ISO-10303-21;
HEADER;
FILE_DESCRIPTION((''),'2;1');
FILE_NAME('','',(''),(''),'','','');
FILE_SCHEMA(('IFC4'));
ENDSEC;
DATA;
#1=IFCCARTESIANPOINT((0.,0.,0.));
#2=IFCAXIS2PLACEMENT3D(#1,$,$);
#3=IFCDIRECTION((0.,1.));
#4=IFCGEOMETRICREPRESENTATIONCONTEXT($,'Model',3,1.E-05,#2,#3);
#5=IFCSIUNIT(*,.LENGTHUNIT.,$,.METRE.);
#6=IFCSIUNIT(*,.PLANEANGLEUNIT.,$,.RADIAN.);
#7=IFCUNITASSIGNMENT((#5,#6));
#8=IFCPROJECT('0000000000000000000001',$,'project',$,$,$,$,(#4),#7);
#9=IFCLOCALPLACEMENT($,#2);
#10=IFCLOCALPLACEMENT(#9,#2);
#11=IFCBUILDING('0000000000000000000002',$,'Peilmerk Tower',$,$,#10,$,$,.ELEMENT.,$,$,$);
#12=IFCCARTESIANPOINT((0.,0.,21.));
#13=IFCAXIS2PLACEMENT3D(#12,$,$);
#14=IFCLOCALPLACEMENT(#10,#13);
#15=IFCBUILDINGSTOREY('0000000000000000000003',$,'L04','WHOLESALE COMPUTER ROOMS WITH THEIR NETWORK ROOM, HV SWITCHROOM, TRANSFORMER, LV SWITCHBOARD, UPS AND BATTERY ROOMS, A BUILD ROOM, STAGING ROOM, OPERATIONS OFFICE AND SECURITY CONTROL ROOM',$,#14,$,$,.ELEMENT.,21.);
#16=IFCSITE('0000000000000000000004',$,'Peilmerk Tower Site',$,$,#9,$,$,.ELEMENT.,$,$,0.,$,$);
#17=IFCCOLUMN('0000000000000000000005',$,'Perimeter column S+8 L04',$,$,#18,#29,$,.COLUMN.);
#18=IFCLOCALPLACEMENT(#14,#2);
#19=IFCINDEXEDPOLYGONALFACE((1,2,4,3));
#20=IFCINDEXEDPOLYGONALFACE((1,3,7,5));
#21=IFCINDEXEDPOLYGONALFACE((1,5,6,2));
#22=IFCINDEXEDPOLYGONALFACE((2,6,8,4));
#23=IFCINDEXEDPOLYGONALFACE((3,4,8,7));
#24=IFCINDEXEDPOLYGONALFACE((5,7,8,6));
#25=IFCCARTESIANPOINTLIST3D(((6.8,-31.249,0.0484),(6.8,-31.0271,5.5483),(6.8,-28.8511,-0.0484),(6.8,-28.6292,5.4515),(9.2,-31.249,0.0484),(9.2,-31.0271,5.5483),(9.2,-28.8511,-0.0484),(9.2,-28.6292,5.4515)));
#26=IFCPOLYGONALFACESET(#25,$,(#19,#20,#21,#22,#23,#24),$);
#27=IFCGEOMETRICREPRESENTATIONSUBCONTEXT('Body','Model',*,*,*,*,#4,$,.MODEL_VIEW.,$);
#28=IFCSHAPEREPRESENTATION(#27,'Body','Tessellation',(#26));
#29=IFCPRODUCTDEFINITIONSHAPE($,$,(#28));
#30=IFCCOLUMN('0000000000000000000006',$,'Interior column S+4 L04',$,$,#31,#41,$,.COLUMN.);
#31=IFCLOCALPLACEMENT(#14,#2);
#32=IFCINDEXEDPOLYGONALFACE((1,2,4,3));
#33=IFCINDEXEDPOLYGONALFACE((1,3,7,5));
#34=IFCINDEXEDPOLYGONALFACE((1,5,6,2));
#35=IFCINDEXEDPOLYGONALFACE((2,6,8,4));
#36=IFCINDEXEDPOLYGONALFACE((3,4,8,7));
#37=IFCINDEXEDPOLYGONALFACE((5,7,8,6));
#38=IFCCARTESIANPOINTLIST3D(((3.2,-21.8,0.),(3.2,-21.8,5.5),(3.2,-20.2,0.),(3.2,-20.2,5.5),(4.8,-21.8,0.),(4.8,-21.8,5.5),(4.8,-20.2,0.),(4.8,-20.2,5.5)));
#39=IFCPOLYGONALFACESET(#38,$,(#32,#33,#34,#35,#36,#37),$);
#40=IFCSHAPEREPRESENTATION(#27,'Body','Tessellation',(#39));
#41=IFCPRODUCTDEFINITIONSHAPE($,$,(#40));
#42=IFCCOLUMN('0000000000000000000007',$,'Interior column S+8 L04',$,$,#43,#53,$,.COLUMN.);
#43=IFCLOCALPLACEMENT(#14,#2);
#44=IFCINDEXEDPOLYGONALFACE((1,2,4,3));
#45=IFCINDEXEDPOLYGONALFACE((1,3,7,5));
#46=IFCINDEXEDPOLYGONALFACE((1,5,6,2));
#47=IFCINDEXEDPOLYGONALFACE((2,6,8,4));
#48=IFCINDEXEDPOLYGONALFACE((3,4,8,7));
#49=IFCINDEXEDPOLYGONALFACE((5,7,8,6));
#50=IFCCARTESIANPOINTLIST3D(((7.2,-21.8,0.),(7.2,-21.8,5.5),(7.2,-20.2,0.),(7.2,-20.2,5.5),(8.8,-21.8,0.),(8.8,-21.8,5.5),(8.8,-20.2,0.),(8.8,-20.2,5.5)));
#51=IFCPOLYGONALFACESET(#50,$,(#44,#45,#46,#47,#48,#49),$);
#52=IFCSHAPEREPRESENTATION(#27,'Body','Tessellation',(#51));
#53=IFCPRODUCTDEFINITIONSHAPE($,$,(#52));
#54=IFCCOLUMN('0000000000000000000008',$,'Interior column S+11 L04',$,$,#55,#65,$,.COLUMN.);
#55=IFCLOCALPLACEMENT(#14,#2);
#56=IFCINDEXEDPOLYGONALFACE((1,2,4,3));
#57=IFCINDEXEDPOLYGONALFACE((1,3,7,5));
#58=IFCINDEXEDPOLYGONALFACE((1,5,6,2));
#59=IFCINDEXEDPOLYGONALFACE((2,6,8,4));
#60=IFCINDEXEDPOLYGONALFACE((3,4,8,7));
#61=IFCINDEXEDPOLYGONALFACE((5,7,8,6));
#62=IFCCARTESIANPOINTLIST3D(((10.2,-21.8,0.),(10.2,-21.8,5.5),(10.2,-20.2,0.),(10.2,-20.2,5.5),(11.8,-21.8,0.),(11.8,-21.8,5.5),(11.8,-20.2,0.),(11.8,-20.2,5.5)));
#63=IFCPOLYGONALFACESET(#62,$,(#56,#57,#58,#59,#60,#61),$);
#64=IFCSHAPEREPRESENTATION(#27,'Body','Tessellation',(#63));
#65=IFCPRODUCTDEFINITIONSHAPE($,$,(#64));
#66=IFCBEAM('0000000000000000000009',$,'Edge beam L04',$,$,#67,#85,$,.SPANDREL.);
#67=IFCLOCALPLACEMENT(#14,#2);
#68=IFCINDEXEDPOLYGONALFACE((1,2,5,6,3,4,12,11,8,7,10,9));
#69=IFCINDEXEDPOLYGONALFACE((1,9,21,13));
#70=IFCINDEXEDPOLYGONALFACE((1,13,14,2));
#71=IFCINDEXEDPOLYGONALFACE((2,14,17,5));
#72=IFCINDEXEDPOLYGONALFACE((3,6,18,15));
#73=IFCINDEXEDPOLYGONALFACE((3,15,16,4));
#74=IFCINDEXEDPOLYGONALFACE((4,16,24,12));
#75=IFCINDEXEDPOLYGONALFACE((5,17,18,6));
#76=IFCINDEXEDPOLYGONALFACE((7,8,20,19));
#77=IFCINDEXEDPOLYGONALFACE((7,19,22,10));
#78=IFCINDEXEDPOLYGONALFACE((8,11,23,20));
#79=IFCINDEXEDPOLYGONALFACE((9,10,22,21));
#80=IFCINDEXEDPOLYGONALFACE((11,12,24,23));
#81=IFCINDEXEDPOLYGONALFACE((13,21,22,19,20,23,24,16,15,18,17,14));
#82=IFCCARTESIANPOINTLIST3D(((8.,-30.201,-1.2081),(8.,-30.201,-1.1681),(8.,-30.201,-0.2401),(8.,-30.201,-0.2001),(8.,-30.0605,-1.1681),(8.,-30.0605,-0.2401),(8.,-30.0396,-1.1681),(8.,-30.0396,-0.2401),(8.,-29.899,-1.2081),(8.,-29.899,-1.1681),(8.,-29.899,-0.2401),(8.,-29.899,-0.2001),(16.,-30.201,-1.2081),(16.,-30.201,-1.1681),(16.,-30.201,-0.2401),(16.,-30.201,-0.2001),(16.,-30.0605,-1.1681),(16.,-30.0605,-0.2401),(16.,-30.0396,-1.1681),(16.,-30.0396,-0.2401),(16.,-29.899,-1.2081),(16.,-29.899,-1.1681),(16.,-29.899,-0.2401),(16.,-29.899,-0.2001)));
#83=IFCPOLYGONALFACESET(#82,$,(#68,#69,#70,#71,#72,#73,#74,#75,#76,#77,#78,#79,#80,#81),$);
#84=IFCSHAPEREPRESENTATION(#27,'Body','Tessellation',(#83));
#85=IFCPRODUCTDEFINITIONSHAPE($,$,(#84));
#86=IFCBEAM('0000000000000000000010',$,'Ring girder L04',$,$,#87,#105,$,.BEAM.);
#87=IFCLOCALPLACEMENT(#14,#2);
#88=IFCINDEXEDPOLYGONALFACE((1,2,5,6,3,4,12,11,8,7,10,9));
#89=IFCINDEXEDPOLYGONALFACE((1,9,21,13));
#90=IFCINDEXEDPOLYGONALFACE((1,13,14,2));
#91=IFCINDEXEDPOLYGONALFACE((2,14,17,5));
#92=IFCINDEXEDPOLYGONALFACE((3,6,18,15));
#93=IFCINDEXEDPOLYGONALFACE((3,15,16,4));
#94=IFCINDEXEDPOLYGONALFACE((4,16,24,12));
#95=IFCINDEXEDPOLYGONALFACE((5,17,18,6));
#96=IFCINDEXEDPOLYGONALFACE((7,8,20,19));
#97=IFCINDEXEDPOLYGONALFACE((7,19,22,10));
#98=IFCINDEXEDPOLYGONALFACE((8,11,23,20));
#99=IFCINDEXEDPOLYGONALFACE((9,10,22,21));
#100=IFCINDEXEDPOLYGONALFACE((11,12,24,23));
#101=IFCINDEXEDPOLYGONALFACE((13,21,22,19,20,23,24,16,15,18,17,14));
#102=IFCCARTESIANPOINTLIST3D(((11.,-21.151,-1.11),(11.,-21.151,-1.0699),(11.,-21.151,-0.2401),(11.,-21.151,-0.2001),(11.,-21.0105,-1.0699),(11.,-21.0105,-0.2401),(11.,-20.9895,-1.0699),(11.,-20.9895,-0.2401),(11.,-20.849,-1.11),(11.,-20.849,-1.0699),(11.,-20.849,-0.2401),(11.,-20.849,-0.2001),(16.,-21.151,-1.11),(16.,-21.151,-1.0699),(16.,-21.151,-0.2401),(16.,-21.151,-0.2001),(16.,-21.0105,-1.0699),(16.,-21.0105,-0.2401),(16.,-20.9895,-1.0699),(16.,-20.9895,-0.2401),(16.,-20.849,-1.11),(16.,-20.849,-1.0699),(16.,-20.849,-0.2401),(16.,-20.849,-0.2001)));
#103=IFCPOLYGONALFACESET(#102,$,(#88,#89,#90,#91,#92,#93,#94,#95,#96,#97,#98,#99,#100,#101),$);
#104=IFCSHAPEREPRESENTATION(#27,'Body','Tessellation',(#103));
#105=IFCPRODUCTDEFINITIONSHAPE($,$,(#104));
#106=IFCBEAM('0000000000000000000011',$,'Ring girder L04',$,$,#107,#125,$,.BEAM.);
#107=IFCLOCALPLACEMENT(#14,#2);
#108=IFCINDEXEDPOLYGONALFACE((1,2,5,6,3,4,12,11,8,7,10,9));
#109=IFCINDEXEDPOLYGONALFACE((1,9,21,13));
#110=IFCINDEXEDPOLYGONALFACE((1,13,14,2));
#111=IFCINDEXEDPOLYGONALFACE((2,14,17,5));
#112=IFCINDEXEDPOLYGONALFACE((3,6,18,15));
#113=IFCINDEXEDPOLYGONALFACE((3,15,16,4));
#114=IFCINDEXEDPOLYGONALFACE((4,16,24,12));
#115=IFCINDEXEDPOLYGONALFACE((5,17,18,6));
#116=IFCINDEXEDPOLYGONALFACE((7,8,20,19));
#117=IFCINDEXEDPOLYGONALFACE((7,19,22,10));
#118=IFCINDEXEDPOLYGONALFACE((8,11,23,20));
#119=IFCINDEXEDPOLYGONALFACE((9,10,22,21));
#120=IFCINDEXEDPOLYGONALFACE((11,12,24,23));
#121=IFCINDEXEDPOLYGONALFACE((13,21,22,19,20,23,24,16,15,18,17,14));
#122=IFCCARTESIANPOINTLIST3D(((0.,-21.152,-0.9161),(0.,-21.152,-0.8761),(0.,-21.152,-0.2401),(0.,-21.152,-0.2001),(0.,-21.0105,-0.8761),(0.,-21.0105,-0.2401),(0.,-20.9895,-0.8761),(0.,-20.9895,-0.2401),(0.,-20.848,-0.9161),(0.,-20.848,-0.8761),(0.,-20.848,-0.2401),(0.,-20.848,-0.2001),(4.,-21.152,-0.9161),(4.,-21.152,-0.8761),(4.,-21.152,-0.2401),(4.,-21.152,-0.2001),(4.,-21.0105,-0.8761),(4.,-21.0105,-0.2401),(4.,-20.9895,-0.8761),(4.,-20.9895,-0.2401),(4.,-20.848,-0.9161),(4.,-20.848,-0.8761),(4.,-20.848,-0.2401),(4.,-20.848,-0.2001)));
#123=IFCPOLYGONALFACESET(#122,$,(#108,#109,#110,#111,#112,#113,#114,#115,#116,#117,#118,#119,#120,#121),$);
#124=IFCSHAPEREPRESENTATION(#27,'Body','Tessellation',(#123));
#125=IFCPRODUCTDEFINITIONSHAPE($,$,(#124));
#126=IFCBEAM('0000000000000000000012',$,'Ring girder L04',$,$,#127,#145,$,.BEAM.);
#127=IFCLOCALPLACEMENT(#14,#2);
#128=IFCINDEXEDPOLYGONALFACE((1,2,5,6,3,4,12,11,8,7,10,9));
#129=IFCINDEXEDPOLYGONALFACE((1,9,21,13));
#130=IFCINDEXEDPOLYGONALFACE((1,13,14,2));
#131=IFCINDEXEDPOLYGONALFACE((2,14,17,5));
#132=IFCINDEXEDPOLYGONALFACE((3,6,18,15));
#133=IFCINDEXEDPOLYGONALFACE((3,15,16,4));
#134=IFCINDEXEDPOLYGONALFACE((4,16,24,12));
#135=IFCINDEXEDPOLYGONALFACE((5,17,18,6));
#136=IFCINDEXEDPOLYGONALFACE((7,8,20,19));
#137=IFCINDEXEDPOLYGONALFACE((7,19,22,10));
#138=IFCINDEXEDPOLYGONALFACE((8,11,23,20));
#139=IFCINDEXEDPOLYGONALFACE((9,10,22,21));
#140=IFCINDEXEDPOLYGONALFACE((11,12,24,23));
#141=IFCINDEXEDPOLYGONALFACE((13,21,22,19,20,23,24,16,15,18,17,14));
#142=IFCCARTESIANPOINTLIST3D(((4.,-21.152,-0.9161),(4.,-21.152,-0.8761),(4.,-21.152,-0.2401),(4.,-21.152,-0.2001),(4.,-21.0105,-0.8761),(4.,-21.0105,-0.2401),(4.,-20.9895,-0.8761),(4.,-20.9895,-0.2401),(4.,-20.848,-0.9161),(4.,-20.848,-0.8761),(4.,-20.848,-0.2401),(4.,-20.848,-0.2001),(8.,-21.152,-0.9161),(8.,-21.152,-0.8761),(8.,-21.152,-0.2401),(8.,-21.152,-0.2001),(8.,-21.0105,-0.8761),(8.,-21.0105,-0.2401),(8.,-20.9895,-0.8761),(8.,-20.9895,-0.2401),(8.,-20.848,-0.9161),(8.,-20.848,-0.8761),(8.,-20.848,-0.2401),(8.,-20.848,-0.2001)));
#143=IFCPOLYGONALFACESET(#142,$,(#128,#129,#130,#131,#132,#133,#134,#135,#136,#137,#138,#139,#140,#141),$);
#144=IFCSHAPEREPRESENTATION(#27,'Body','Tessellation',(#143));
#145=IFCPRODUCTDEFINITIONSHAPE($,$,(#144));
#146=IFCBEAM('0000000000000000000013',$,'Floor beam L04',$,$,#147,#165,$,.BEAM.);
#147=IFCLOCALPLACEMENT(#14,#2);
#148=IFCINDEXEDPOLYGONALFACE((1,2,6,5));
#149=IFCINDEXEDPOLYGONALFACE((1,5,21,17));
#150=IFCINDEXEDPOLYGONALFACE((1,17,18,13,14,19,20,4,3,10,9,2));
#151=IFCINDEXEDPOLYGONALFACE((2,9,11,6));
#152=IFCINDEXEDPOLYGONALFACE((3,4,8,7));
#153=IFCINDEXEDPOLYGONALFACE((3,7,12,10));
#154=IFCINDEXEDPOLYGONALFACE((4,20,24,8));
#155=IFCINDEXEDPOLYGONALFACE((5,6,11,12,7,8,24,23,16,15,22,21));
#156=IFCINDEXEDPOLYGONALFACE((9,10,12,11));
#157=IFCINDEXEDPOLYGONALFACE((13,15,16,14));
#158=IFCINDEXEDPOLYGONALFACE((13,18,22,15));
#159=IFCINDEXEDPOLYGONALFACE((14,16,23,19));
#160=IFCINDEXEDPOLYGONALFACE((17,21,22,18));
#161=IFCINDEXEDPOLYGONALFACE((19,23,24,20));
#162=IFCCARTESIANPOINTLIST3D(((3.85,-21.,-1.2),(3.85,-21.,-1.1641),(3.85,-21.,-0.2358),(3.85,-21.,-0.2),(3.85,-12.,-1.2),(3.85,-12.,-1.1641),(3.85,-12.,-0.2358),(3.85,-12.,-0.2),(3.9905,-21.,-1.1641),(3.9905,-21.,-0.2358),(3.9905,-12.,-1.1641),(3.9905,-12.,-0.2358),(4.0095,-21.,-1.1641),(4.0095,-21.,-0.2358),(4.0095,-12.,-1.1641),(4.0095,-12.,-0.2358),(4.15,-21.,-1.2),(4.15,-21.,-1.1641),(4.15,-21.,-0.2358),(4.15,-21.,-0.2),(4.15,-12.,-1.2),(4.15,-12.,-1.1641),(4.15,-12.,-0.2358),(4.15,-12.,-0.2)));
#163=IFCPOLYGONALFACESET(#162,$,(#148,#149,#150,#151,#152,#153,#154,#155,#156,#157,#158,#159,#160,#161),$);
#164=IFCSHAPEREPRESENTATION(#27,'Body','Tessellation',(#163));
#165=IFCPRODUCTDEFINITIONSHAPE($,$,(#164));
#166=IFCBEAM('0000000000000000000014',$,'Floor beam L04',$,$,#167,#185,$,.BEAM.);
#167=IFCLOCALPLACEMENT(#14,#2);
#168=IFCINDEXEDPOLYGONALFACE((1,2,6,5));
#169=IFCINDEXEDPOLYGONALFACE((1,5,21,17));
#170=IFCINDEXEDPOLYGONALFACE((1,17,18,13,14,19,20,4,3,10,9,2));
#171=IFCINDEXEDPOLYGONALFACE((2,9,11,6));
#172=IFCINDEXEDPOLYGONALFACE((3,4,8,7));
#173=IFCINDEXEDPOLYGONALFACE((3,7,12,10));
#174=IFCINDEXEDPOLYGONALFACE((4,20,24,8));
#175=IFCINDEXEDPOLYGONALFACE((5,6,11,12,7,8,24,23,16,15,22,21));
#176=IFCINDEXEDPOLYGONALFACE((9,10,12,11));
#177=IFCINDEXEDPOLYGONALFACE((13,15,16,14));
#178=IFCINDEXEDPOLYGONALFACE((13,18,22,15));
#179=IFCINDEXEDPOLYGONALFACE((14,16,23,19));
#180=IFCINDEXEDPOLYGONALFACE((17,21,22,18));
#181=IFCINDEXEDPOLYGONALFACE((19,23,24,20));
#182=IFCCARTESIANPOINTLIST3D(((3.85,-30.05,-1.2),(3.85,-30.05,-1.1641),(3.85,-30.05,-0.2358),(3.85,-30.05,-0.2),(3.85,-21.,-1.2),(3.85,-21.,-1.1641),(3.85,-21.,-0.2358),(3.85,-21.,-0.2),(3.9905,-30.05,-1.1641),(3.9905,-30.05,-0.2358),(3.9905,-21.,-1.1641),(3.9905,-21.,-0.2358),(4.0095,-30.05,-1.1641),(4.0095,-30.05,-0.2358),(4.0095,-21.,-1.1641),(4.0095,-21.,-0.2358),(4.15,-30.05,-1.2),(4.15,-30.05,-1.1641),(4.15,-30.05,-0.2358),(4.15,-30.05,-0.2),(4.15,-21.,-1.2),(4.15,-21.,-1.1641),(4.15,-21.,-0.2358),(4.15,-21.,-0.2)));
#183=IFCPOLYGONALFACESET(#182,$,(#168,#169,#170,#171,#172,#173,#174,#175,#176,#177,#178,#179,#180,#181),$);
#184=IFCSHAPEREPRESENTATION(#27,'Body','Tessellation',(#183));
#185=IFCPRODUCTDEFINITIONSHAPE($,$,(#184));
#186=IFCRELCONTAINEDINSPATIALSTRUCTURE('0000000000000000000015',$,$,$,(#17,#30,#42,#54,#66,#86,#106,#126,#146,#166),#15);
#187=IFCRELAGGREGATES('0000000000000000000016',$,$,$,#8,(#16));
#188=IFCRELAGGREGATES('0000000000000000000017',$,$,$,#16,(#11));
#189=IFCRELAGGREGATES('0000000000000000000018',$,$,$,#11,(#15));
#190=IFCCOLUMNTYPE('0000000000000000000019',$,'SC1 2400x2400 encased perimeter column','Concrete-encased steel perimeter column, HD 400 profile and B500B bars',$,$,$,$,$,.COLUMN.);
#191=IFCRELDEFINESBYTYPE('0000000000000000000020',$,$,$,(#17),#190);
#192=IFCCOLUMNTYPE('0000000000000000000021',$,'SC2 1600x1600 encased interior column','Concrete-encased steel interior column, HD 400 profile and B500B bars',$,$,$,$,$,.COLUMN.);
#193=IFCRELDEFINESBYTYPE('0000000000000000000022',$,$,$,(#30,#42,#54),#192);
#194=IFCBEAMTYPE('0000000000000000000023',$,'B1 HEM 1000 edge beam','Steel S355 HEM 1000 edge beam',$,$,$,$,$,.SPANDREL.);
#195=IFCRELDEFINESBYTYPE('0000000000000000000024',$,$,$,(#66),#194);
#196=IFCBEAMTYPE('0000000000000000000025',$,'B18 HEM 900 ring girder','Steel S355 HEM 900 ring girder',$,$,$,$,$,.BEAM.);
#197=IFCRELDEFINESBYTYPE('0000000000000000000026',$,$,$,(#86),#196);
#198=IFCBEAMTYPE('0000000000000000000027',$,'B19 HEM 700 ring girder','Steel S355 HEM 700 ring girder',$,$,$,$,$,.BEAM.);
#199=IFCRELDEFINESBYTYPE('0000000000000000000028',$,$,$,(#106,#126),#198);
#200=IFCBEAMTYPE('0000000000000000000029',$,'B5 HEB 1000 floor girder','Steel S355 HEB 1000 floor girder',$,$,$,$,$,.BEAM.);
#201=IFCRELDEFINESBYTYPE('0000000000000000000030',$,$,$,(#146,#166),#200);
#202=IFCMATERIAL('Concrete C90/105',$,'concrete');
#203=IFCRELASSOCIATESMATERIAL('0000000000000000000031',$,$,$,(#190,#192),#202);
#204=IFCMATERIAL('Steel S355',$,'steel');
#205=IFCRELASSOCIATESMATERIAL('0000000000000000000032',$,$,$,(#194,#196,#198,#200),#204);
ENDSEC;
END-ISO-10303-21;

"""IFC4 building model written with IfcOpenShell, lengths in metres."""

from ifc_helpers import new_model, si_unit, direction, frame, origin, origin_2d, place, context, subcontext, project, spatial, rectangle, i_section, extrude, material, material_profile, profile_set, type_object, element, save


model = new_model("IFC4")

# Units and contexts
model_context = context("Model", 3, precision=1e-05, world=origin(), true_north=direction((0.0, 1.0)))
body_context = subcontext(model_context, "Body", "Model", "MODEL_VIEW")
ifc_project = project(units=[si_unit("LENGTHUNIT", "METRE"), si_unit("PLANEANGLEUNIT", "RADIAN")], contexts=[model_context])

# Site, building, storey
site_placement = place(None, origin())
site = spatial("IfcSite", under=ifc_project, at=site_placement, Name="Peilmerk Tower Site", CompositionType="ELEMENT", RefElevation=0.0)
building_placement = place(site_placement, origin())
building = spatial("IfcBuilding", under=site, at=building_placement, Name="Peilmerk Tower", CompositionType="ELEMENT")
storey_placement = place(building_placement, frame((0.0, 0.0, 21.0)))
storey = spatial("IfcBuildingStorey", under=building, at=storey_placement, Name="L04", Description="WHOLESALE COMPUTER ROOMS WITH THEIR NETWORK ROOM, HV SWITCHROOM, TRANSFORMER, LV SWITCHBOARD, UPS AND BATTERY ROOMS, A BUILD ROOM, STAGING ROOM, OPERATIONS OFFICE AND SECURITY CONTROL ROOM", CompositionType="ELEMENT", Elevation=21.0)

# Columns
ifc_material_1 = material(Name="Concrete C90/105", Category="concrete")
ifc_material_profile_1 = material_profile(ifc_material_1, rectangle(XDim=2.3999, YDim=2.3999, at=origin_2d()), Name="RC 2400x2400")
ifc_profile_set_1 = profile_set([ifc_material_profile_1], Name="Concrete C90/105")
column_type_1 = type_object("IfcColumnType", Name="SC1 2400x2400 encased perimeter column", Description="Concrete-encased steel perimeter column, HD 400 profile and B500B bars", PredefinedType="COLUMN", material=ifc_profile_set_1)
column_placement = place(storey_placement, frame((8.0, -30.05, 0.0), z_axis=(0.0, 0.040317, 0.999187), x_axis=(-1.0, 0.0, 0.0)))
element("IfcColumn", 1, at=column_placement, inside=storey, type_object=column_type_1, Name="Perimeter column S+8 L04", PredefinedType="COLUMN", context=body_context, shape_type="SweptSolid", body=[
    extrude(rectangle(XDim=2.3999, YDim=2.3999, at=origin_2d()), origin(), (0.0, 0.0, 1.0), 5.5044),
])
ifc_material_profile_2 = material_profile(ifc_material_1, rectangle(XDim=1.6001, YDim=1.6001, at=origin_2d()), Name="RC 1600x1600")
ifc_profile_set_2 = profile_set([ifc_material_profile_2], Name="Concrete C90/105")
column_type_2 = type_object("IfcColumnType", Name="SC2 1600x1600 encased interior column", Description="Concrete-encased steel interior column, HD 400 profile and B500B bars", PredefinedType="COLUMN", material=ifc_profile_set_2)
for number, where, z_axis, x_axis, name in (
    (2, (4.0, -21.0, 0.0), (0.0, 0.0, 1.0), (1.0, 0.0, 0.0), "Interior column S+4 L04"),
    (3, (8.0, -21.0, 0.0), (0.0, 0.0, 1.0), (1.0, 0.0, 0.0), "Interior column S+8 L04"),
    (4, (11.0, -21.0, 0.0), (0.0, 0.0, 1.0), (1.0, 0.0, 0.0), "Interior column S+11 L04"),
):
    element("IfcColumn", number, at=place(storey_placement, frame(where, z_axis=z_axis, x_axis=x_axis)), inside=storey, type_object=column_type_2, Name=name, PredefinedType="COLUMN", context=body_context, shape_type="SweptSolid", body=[
        extrude(rectangle(XDim=1.6001, YDim=1.6001, at=origin_2d()), origin(), (0.0, 0.0, 1.0), 5.5),
    ])

# Beams
ifc_material_2 = material(Name="Steel S355", Category="steel")
ifc_material_profile_3 = material_profile(ifc_material_2, i_section(OverallWidth=0.302, OverallDepth=1.0081, WebThickness=0.021, FlangeThickness=0.04, at=origin_2d()), Name="HEM 1000")
ifc_profile_set_3 = profile_set([ifc_material_profile_3], Name="Steel S355")
beam_type_1 = type_object("IfcBeamType", Name="B1 HEM 1000 edge beam", Description="Steel S355 HEM 1000 edge beam", PredefinedType="SPANDREL", material=ifc_profile_set_3)
beam_1_placement = place(storey_placement, frame((8.0, -30.05, -0.7041), z_axis=(1.0, 0.0, 0.0), x_axis=(0.0, 1.0, 0.0)))
element("IfcBeam", 5, at=beam_1_placement, inside=storey, type_object=beam_type_1, Name="Edge beam L04", PredefinedType="SPANDREL", context=body_context, shape_type="SweptSolid", body=[
    extrude(i_section(OverallWidth=0.302, OverallDepth=1.0081, WebThickness=0.021, FlangeThickness=0.04, at=origin_2d()), origin(), (0.0, 0.0, 1.0), 8.0),
])
ifc_material_profile_4 = material_profile(ifc_material_2, i_section(OverallWidth=0.302, OverallDepth=0.9099, WebThickness=0.021, FlangeThickness=0.04, at=origin_2d()), Name="HEM 900")
ifc_profile_set_4 = profile_set([ifc_material_profile_4], Name="Steel S355")
beam_type_2 = type_object("IfcBeamType", Name="B18 HEM 900 ring girder", Description="Steel S355 HEM 900 ring girder", PredefinedType="BEAM", material=ifc_profile_set_4)
beam_2_placement = place(storey_placement, frame((11.0, -21.0, -0.655), z_axis=(1.0, 0.0, 0.0), x_axis=(0.0, 1.0, 0.0)))
element("IfcBeam", 6, at=beam_2_placement, inside=storey, type_object=beam_type_2, Name="Ring girder L04", PredefinedType="BEAM", context=body_context, shape_type="SweptSolid", body=[
    extrude(i_section(OverallWidth=0.302, OverallDepth=0.9099, WebThickness=0.021, FlangeThickness=0.04, at=origin_2d()), origin(), (0.0, 0.0, 1.0), 5.0),
])
ifc_material_profile_5 = material_profile(ifc_material_2, i_section(OverallWidth=0.304, OverallDepth=0.7161, WebThickness=0.021, FlangeThickness=0.04, at=origin_2d()), Name="HEM 700")
ifc_profile_set_5 = profile_set([ifc_material_profile_5], Name="Steel S355")
beam_type_3 = type_object("IfcBeamType", Name="B19 HEM 700 ring girder", Description="Steel S355 HEM 700 ring girder", PredefinedType="BEAM", material=ifc_profile_set_5)
for number, where, z_axis, x_axis, name in (
    (7, (0.0, -21.0, -0.5581), (1.0, 0.0, 0.0), (0.0, 1.0, 0.0), "Ring girder L04"),
    (8, (4.0, -21.0, -0.5581), (1.0, 0.0, 0.0), (0.0, 1.0, 0.0), "Ring girder L04"),
):
    element("IfcBeam", number, at=place(storey_placement, frame(where, z_axis=z_axis, x_axis=x_axis)), inside=storey, type_object=beam_type_3, Name=name, PredefinedType="BEAM", context=body_context, shape_type="SweptSolid", body=[
        extrude(i_section(OverallWidth=0.304, OverallDepth=0.7161, WebThickness=0.021, FlangeThickness=0.04, at=origin_2d()), origin(), (0.0, 0.0, 1.0), 4.0),
    ])
ifc_material_profile_6 = material_profile(ifc_material_2, i_section(OverallWidth=0.3, OverallDepth=1.0, WebThickness=0.019, FlangeThickness=0.0359, at=origin_2d()), Name="HEB 1000")
ifc_profile_set_6 = profile_set([ifc_material_profile_6], Name="Steel S355")
beam_type_4 = type_object("IfcBeamType", Name="B5 HEB 1000 floor girder", Description="Steel S355 HEB 1000 floor girder", PredefinedType="BEAM", material=ifc_profile_set_6)
beam_3_placement = place(storey_placement, frame((4.0, -12.0, -0.7), z_axis=(0.0, -1.0, 0.0), x_axis=(1.0, 0.0, 0.0)))
element("IfcBeam", 9, at=beam_3_placement, inside=storey, type_object=beam_type_4, Name="Floor beam L04", PredefinedType="BEAM", context=body_context, shape_type="SweptSolid", body=[
    extrude(i_section(OverallWidth=0.3, OverallDepth=1.0, WebThickness=0.019, FlangeThickness=0.0359, at=origin_2d()), origin(), (0.0, 0.0, 1.0), 9.0),
])
beam_4_placement = place(storey_placement, frame((4.0, -21.0, -0.7), z_axis=(0.0, -1.0, 0.0), x_axis=(1.0, 0.0, 0.0)))
element("IfcBeam", 10, at=beam_4_placement, inside=storey, type_object=beam_type_4, Name="Floor beam L04", PredefinedType="BEAM", context=body_context, shape_type="SweptSolid", body=[
    extrude(i_section(OverallWidth=0.3, OverallDepth=1.0, WebThickness=0.019, FlangeThickness=0.0359, at=origin_2d()), origin(), (0.0, 0.0, 1.0), 9.05),
])

save(model, "model.ifc")
